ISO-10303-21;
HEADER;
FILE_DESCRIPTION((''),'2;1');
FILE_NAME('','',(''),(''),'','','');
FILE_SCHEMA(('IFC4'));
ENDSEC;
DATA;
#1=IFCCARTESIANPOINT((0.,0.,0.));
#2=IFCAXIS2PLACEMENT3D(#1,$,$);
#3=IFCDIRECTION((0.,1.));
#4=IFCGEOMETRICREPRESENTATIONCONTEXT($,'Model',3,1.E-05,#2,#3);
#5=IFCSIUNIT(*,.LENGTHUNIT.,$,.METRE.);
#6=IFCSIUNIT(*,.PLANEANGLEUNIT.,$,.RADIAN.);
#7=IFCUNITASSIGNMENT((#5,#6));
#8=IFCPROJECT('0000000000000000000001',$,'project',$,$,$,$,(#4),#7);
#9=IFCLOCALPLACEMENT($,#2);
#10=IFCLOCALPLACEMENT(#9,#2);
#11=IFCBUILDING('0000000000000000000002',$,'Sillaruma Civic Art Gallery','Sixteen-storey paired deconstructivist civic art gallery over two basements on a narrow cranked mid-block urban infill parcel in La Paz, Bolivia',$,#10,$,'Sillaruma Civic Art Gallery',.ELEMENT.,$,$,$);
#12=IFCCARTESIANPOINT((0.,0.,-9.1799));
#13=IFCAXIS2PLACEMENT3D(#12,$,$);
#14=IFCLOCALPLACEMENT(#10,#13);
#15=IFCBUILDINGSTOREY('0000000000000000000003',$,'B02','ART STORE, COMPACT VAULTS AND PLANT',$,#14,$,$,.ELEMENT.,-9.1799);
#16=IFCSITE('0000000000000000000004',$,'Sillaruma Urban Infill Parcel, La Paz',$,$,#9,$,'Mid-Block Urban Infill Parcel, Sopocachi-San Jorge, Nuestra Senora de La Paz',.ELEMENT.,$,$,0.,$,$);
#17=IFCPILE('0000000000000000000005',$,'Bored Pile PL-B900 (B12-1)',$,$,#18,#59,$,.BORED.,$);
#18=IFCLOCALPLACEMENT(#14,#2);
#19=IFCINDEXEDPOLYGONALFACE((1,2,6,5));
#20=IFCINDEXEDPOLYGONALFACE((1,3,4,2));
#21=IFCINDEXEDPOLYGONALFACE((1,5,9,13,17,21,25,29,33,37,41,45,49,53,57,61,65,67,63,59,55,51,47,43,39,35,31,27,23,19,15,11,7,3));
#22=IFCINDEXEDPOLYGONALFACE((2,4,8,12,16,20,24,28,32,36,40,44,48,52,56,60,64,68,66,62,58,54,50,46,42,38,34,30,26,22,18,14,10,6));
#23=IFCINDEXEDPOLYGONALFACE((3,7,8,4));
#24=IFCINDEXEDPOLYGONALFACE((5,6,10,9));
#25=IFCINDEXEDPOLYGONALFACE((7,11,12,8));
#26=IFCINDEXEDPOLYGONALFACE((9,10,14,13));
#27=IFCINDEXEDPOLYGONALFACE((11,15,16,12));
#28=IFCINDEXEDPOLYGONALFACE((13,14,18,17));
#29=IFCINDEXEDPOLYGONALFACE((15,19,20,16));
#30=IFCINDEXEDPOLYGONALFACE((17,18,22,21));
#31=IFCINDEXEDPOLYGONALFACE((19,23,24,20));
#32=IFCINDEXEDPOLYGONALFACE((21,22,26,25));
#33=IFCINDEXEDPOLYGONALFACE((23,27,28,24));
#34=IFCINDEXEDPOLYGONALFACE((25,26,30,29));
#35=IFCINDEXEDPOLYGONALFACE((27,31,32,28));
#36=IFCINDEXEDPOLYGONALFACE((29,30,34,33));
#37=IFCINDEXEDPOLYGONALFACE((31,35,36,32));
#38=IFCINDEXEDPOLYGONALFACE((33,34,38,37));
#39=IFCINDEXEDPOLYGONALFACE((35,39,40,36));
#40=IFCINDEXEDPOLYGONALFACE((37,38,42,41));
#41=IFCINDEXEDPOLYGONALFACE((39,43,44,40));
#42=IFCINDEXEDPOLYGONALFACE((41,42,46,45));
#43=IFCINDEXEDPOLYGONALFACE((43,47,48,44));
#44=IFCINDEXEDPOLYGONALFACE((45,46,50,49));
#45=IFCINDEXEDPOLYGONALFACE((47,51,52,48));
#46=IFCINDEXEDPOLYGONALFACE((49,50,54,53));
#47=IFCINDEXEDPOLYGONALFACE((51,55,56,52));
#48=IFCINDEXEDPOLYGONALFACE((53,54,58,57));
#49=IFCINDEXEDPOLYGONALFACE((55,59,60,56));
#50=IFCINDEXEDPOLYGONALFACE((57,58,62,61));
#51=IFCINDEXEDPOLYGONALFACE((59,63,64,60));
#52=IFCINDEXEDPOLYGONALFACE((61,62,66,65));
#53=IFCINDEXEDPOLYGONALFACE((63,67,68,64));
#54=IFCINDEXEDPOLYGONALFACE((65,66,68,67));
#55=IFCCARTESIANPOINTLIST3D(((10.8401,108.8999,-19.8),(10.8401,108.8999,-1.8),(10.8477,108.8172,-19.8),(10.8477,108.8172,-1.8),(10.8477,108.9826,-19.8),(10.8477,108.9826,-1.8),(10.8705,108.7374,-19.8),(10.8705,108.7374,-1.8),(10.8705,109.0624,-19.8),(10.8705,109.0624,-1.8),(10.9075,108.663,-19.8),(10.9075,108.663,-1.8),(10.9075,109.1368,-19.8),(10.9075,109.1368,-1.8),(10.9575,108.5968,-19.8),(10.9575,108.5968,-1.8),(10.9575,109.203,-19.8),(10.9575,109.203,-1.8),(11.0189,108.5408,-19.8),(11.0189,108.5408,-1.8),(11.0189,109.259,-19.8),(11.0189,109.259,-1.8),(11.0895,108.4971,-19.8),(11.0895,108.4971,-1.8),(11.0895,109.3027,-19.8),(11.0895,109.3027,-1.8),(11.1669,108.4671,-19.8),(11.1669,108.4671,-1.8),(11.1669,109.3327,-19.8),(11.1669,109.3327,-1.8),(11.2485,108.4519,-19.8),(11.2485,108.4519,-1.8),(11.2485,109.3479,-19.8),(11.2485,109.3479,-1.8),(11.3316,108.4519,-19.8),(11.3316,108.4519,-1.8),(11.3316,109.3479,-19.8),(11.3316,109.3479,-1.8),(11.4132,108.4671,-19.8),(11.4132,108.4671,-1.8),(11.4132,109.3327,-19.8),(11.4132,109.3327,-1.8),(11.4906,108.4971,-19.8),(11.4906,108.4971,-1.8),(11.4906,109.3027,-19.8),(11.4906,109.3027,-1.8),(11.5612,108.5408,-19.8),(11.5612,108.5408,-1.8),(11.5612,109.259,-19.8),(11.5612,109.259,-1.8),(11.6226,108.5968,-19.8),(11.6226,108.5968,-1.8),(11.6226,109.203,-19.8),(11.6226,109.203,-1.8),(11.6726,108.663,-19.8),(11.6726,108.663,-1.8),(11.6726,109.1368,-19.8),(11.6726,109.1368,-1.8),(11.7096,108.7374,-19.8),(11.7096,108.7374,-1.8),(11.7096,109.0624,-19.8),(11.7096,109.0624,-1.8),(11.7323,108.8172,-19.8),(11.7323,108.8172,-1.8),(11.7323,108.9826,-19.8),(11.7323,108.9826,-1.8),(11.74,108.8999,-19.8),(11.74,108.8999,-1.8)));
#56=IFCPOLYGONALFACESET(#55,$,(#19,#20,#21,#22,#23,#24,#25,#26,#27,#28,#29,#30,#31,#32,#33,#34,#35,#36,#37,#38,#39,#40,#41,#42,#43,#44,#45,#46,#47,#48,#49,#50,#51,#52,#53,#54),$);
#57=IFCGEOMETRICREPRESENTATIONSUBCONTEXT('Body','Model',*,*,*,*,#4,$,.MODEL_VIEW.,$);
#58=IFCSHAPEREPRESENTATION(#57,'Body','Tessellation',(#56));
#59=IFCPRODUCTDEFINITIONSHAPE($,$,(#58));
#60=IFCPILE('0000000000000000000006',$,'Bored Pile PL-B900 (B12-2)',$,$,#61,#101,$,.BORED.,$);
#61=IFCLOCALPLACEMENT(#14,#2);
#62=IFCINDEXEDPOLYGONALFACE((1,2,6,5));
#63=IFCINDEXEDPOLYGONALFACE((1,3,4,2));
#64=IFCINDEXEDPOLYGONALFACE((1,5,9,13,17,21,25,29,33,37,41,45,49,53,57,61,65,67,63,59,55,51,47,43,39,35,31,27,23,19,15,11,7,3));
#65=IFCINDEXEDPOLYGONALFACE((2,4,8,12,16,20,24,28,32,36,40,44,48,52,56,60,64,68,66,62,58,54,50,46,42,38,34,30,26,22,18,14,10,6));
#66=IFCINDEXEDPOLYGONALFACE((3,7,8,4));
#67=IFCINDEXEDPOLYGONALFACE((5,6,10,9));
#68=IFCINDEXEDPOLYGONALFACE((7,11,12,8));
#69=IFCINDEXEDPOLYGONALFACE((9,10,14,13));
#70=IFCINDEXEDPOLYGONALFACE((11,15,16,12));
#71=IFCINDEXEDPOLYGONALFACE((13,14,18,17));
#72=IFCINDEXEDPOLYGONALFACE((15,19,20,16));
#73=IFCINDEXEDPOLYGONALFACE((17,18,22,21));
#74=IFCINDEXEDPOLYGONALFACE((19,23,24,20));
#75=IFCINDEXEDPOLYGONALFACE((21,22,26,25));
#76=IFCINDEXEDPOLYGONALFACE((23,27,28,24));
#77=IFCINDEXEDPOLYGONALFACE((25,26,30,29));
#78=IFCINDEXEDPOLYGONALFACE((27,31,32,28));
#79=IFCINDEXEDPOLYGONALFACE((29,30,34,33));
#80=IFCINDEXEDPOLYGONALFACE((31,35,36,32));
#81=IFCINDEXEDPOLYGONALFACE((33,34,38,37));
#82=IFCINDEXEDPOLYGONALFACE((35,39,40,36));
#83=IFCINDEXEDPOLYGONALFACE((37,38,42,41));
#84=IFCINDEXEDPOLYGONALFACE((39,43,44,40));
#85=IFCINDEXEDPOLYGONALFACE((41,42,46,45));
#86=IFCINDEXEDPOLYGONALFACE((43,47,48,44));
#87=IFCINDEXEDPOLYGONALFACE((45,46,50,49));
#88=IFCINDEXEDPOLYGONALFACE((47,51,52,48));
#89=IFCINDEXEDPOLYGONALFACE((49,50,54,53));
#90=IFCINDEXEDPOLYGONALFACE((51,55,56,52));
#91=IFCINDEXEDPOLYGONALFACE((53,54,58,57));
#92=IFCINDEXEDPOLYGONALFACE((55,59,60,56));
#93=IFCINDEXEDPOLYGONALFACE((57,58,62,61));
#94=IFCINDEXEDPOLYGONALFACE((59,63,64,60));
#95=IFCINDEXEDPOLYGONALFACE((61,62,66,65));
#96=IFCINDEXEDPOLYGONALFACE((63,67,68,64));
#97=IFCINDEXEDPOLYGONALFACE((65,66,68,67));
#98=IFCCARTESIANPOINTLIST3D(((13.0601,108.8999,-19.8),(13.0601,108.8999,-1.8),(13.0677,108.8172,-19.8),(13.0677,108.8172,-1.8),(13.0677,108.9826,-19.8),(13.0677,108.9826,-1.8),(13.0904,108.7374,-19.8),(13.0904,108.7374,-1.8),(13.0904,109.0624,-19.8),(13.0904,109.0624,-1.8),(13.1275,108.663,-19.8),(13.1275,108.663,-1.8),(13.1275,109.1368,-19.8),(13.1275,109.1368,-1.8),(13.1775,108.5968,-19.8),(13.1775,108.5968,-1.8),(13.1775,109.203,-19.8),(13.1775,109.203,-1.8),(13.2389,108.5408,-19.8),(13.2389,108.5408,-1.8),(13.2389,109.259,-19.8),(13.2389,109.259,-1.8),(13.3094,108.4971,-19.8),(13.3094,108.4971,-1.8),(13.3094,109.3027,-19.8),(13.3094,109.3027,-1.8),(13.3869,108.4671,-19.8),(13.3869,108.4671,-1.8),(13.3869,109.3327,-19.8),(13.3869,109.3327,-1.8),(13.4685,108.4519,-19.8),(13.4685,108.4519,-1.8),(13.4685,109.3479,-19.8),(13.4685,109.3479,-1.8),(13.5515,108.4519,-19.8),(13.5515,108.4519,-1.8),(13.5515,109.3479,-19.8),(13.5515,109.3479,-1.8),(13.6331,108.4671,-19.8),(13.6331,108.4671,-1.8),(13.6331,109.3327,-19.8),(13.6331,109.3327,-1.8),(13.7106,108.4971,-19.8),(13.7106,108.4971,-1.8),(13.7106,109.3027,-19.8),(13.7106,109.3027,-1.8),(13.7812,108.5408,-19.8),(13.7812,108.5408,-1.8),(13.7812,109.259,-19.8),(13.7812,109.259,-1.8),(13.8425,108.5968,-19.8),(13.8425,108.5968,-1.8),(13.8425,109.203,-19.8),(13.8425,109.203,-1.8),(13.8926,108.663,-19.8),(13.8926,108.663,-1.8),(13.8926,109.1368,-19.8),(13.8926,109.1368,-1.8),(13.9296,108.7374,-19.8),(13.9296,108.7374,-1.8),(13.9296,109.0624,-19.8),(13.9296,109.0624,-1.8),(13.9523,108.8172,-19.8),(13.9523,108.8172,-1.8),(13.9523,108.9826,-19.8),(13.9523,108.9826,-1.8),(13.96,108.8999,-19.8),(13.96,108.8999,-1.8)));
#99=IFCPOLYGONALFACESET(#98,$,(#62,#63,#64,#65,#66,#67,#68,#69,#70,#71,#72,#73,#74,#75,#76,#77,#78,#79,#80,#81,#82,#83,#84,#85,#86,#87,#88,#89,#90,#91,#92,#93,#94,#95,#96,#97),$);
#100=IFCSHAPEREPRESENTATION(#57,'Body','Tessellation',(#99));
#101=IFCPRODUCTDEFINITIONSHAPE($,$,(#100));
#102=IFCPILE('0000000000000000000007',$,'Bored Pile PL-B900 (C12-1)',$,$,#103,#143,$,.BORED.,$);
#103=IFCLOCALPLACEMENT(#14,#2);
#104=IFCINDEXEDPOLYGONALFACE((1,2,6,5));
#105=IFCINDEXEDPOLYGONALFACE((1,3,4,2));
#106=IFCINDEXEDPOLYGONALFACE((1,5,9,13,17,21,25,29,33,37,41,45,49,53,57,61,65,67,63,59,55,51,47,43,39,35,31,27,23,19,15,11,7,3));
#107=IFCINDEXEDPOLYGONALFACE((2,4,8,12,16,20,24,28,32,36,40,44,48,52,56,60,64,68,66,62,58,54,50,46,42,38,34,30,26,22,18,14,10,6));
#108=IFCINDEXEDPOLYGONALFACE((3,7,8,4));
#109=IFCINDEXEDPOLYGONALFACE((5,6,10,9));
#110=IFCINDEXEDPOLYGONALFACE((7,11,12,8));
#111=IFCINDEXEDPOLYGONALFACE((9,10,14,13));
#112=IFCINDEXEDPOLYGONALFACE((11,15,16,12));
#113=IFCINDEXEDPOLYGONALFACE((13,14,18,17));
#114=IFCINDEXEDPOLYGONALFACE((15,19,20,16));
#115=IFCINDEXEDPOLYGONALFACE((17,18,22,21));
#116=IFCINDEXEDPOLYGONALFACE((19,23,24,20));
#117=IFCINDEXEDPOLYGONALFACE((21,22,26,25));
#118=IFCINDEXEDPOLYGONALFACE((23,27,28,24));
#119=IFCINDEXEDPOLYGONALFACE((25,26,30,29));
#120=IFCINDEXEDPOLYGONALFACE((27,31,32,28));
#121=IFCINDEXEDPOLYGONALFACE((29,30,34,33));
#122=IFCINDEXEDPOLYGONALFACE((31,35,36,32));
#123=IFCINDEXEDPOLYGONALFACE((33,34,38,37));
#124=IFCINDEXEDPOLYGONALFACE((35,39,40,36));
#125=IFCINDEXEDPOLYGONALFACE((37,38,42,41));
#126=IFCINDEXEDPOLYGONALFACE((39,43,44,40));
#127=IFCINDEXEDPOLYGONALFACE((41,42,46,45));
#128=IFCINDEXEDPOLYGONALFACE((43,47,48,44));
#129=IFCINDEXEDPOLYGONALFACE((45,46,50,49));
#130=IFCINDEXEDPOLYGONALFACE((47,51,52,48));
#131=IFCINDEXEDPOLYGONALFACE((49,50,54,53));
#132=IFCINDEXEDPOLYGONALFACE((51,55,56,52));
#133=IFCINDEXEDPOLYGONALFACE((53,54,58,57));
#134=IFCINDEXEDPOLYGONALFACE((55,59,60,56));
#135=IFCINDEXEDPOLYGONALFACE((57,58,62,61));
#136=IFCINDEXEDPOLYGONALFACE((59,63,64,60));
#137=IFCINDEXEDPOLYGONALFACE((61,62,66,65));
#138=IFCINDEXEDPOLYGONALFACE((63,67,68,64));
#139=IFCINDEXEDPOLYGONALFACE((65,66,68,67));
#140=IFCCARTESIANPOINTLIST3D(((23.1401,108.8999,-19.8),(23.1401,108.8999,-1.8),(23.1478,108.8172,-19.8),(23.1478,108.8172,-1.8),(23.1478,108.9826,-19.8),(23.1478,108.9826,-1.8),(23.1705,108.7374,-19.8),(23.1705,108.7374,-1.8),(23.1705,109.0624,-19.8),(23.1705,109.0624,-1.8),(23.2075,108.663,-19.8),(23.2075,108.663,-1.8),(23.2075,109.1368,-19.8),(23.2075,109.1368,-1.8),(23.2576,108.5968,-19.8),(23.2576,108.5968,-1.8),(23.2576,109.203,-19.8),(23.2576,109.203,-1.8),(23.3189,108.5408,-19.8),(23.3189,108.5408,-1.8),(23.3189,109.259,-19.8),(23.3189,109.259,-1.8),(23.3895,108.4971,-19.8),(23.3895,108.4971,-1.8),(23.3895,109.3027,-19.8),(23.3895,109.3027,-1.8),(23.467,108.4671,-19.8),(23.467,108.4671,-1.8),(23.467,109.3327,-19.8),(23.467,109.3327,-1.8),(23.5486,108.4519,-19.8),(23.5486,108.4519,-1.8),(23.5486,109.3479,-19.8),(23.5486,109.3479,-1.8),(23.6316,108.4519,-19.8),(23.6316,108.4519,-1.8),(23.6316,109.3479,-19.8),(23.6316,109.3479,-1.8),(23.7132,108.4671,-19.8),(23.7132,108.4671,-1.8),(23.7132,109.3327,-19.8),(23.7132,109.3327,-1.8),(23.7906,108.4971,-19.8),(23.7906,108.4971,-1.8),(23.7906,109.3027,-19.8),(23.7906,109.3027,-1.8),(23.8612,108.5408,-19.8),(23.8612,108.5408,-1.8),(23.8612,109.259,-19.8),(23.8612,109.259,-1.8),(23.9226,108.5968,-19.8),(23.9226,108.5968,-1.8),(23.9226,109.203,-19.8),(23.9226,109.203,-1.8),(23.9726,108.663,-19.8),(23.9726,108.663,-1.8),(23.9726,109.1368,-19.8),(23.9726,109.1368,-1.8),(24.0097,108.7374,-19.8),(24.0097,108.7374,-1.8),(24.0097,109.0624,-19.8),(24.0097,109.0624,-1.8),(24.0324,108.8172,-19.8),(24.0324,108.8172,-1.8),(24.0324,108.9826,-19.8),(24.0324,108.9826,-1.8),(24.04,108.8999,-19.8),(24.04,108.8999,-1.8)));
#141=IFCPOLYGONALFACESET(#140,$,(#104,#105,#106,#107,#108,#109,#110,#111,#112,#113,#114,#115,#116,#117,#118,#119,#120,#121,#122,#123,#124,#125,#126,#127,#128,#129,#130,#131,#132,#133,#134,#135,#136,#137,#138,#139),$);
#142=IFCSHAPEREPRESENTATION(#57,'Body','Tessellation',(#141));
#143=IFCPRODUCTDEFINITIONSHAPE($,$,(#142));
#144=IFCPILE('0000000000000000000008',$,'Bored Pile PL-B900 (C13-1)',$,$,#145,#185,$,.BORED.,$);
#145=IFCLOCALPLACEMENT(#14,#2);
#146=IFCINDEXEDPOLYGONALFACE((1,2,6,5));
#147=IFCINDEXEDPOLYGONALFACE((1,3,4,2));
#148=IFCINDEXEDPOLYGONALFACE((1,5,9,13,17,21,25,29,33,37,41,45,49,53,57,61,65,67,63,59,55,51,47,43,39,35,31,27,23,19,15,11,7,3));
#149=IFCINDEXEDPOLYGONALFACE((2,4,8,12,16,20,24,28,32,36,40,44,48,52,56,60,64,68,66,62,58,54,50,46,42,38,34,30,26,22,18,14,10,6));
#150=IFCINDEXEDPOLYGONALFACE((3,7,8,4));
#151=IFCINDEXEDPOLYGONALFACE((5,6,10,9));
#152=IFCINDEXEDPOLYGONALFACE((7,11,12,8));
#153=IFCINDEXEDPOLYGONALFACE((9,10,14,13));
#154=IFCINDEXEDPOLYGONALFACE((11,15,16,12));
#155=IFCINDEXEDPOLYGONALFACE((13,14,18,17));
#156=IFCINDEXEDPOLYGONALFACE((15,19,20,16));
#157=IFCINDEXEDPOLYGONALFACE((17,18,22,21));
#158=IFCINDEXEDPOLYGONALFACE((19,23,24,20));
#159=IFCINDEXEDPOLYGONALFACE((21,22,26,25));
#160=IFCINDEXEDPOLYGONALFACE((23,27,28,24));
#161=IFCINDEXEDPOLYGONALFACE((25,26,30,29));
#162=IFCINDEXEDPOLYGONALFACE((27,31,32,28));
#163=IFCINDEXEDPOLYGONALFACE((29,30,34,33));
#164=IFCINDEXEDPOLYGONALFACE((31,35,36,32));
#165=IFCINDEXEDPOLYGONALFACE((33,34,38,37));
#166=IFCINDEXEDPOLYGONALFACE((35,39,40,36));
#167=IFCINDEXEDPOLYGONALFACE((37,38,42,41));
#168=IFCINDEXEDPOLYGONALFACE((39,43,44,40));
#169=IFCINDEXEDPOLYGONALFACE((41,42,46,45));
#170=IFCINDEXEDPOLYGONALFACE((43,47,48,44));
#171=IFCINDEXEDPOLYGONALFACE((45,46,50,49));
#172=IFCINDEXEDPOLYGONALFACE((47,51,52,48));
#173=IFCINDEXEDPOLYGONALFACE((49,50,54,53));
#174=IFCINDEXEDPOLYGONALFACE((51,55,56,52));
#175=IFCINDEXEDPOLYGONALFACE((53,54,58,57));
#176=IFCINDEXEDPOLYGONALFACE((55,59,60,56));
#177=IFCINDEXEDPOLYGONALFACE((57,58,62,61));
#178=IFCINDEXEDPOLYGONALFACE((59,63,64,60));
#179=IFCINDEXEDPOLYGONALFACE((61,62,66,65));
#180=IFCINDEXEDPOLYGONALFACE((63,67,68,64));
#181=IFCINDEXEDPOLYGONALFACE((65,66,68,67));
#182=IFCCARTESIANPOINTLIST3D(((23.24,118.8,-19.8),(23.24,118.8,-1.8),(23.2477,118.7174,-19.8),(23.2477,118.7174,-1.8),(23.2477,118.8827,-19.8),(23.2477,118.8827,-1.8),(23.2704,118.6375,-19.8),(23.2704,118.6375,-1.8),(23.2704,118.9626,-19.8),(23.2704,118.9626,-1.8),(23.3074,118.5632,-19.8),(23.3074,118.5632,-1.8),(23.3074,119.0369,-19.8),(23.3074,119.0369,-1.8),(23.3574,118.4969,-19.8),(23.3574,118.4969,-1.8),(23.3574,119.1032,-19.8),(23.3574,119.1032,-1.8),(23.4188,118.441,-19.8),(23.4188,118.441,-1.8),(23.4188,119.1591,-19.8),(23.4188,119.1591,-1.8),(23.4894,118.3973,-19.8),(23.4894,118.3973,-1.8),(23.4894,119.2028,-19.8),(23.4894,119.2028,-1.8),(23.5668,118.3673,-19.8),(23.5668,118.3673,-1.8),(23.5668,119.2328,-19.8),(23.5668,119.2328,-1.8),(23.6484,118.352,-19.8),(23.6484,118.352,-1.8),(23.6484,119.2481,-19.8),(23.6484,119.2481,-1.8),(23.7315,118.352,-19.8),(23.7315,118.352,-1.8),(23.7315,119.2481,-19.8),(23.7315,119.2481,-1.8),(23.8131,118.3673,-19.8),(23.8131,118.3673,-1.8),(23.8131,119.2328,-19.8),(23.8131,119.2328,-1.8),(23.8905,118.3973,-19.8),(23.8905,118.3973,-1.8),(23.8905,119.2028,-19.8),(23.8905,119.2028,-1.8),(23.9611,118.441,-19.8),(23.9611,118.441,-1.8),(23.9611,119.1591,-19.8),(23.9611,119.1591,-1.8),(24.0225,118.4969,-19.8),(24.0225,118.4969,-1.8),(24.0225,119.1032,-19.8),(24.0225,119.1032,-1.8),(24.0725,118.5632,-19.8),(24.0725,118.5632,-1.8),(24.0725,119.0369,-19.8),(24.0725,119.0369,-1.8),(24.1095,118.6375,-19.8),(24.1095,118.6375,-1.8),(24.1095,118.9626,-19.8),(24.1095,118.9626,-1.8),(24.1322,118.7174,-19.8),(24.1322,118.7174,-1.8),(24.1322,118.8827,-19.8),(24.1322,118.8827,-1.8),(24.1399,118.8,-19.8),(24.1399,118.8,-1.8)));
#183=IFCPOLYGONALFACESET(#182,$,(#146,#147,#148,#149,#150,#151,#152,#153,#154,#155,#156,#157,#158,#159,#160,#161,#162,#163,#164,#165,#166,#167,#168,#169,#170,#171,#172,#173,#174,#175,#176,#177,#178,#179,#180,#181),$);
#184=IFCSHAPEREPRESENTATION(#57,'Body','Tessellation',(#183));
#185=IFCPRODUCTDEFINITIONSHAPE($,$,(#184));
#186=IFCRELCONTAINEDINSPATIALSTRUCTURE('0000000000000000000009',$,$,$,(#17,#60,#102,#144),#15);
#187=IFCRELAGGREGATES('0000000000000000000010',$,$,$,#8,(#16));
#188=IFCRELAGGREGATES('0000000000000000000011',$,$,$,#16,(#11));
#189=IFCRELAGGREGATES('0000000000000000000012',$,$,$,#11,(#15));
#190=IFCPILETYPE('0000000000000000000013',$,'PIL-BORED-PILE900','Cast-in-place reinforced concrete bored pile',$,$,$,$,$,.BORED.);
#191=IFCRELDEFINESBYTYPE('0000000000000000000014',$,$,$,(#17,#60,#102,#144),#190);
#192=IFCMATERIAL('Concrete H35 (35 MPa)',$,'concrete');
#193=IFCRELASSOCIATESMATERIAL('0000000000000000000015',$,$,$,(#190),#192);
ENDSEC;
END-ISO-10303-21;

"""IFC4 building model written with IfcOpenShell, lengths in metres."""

from ifc_helpers import new_model, si_unit, direction, frame, origin, origin_2d, place, context, subcontext, project, spatial, circle, extrude, material, material_profile, profile_set, type_object, element, save


model = new_model("IFC4")

# Units and contexts
model_context = context("Model", 3, precision=1e-05, world=origin(), true_north=direction((0.0, 1.0)))
body_context = subcontext(model_context, "Body", "Model", "MODEL_VIEW")
ifc_project = project(units=[si_unit("LENGTHUNIT", "METRE"), si_unit("PLANEANGLEUNIT", "RADIAN")], contexts=[model_context])

# Site, building, storey
site_placement = place(None, origin())
site = spatial("IfcSite", under=ifc_project, at=site_placement, Name="Sillaruma Urban Infill Parcel, La Paz", LongName="Mid-Block Urban Infill Parcel, Sopocachi-San Jorge, Nuestra Senora de La Paz", CompositionType="ELEMENT", RefElevation=0.0)
building_placement = place(site_placement, origin())
building = spatial("IfcBuilding", under=site, at=building_placement, Name="Sillaruma Civic Art Gallery", Description="Sixteen-storey paired deconstructivist civic art gallery over two basements on a narrow cranked mid-block urban infill parcel in La Paz, Bolivia", LongName="Sillaruma Civic Art Gallery", CompositionType="ELEMENT")
storey_placement = place(building_placement, frame((0.0, 0.0, -9.1799)))
storey = spatial("IfcBuildingStorey", under=building, at=storey_placement, Name="B02", Description="ART STORE, COMPACT VAULTS AND PLANT", CompositionType="ELEMENT", Elevation=-9.1799)

# Shared definitions
ifc_material_1 = material(Name="Concrete H35 (35 MPa)", Category="concrete")

# Piles
ifc_material_profile_1 = material_profile(ifc_material_1, circle(Radius=0.45, at=origin_2d()), Name="PILE900")
ifc_profile_set_1 = profile_set([ifc_material_profile_1], Name="Concrete H35 (35 MPa)")
pile_type_1 = type_object("IfcPileType", Name="PIL-BORED-PILE900", Description="Cast-in-place reinforced concrete bored pile", PredefinedType="BORED", material=ifc_profile_set_1)
for number, where, z_axis, x_axis, name in (
    (1, (11.29, 108.8999, -1.8), (0.0, 0.0, -1.0), (1.0, 0.0, 0.0), "Bored Pile PL-B900 (B12-1)"),
    (2, (13.51, 108.8999, -1.8), (0.0, 0.0, -1.0), (1.0, 0.0, 0.0), "Bored Pile PL-B900 (B12-2)"),
    (3, (23.5901, 108.8999, -1.8), (0.0, 0.0, -1.0), (1.0, 0.0, 0.0), "Bored Pile PL-B900 (C12-1)"),
    (4, (23.6899, 118.8, -1.8), (0.0, 0.0, -1.0), (1.0, 0.0, 0.0), "Bored Pile PL-B900 (C13-1)"),
):
    element("IfcPile", number, at=place(storey_placement, frame(where, z_axis=z_axis, x_axis=x_axis)), inside=storey, type_object=pile_type_1, Name=name, PredefinedType="BORED", context=body_context, shape_type="SweptSolid", body=[
        extrude(circle(Radius=0.45, at=origin_2d()), origin(), (0.0, 0.0, 1.0), 18.0),
    ])

save(model, "model.ifc")
